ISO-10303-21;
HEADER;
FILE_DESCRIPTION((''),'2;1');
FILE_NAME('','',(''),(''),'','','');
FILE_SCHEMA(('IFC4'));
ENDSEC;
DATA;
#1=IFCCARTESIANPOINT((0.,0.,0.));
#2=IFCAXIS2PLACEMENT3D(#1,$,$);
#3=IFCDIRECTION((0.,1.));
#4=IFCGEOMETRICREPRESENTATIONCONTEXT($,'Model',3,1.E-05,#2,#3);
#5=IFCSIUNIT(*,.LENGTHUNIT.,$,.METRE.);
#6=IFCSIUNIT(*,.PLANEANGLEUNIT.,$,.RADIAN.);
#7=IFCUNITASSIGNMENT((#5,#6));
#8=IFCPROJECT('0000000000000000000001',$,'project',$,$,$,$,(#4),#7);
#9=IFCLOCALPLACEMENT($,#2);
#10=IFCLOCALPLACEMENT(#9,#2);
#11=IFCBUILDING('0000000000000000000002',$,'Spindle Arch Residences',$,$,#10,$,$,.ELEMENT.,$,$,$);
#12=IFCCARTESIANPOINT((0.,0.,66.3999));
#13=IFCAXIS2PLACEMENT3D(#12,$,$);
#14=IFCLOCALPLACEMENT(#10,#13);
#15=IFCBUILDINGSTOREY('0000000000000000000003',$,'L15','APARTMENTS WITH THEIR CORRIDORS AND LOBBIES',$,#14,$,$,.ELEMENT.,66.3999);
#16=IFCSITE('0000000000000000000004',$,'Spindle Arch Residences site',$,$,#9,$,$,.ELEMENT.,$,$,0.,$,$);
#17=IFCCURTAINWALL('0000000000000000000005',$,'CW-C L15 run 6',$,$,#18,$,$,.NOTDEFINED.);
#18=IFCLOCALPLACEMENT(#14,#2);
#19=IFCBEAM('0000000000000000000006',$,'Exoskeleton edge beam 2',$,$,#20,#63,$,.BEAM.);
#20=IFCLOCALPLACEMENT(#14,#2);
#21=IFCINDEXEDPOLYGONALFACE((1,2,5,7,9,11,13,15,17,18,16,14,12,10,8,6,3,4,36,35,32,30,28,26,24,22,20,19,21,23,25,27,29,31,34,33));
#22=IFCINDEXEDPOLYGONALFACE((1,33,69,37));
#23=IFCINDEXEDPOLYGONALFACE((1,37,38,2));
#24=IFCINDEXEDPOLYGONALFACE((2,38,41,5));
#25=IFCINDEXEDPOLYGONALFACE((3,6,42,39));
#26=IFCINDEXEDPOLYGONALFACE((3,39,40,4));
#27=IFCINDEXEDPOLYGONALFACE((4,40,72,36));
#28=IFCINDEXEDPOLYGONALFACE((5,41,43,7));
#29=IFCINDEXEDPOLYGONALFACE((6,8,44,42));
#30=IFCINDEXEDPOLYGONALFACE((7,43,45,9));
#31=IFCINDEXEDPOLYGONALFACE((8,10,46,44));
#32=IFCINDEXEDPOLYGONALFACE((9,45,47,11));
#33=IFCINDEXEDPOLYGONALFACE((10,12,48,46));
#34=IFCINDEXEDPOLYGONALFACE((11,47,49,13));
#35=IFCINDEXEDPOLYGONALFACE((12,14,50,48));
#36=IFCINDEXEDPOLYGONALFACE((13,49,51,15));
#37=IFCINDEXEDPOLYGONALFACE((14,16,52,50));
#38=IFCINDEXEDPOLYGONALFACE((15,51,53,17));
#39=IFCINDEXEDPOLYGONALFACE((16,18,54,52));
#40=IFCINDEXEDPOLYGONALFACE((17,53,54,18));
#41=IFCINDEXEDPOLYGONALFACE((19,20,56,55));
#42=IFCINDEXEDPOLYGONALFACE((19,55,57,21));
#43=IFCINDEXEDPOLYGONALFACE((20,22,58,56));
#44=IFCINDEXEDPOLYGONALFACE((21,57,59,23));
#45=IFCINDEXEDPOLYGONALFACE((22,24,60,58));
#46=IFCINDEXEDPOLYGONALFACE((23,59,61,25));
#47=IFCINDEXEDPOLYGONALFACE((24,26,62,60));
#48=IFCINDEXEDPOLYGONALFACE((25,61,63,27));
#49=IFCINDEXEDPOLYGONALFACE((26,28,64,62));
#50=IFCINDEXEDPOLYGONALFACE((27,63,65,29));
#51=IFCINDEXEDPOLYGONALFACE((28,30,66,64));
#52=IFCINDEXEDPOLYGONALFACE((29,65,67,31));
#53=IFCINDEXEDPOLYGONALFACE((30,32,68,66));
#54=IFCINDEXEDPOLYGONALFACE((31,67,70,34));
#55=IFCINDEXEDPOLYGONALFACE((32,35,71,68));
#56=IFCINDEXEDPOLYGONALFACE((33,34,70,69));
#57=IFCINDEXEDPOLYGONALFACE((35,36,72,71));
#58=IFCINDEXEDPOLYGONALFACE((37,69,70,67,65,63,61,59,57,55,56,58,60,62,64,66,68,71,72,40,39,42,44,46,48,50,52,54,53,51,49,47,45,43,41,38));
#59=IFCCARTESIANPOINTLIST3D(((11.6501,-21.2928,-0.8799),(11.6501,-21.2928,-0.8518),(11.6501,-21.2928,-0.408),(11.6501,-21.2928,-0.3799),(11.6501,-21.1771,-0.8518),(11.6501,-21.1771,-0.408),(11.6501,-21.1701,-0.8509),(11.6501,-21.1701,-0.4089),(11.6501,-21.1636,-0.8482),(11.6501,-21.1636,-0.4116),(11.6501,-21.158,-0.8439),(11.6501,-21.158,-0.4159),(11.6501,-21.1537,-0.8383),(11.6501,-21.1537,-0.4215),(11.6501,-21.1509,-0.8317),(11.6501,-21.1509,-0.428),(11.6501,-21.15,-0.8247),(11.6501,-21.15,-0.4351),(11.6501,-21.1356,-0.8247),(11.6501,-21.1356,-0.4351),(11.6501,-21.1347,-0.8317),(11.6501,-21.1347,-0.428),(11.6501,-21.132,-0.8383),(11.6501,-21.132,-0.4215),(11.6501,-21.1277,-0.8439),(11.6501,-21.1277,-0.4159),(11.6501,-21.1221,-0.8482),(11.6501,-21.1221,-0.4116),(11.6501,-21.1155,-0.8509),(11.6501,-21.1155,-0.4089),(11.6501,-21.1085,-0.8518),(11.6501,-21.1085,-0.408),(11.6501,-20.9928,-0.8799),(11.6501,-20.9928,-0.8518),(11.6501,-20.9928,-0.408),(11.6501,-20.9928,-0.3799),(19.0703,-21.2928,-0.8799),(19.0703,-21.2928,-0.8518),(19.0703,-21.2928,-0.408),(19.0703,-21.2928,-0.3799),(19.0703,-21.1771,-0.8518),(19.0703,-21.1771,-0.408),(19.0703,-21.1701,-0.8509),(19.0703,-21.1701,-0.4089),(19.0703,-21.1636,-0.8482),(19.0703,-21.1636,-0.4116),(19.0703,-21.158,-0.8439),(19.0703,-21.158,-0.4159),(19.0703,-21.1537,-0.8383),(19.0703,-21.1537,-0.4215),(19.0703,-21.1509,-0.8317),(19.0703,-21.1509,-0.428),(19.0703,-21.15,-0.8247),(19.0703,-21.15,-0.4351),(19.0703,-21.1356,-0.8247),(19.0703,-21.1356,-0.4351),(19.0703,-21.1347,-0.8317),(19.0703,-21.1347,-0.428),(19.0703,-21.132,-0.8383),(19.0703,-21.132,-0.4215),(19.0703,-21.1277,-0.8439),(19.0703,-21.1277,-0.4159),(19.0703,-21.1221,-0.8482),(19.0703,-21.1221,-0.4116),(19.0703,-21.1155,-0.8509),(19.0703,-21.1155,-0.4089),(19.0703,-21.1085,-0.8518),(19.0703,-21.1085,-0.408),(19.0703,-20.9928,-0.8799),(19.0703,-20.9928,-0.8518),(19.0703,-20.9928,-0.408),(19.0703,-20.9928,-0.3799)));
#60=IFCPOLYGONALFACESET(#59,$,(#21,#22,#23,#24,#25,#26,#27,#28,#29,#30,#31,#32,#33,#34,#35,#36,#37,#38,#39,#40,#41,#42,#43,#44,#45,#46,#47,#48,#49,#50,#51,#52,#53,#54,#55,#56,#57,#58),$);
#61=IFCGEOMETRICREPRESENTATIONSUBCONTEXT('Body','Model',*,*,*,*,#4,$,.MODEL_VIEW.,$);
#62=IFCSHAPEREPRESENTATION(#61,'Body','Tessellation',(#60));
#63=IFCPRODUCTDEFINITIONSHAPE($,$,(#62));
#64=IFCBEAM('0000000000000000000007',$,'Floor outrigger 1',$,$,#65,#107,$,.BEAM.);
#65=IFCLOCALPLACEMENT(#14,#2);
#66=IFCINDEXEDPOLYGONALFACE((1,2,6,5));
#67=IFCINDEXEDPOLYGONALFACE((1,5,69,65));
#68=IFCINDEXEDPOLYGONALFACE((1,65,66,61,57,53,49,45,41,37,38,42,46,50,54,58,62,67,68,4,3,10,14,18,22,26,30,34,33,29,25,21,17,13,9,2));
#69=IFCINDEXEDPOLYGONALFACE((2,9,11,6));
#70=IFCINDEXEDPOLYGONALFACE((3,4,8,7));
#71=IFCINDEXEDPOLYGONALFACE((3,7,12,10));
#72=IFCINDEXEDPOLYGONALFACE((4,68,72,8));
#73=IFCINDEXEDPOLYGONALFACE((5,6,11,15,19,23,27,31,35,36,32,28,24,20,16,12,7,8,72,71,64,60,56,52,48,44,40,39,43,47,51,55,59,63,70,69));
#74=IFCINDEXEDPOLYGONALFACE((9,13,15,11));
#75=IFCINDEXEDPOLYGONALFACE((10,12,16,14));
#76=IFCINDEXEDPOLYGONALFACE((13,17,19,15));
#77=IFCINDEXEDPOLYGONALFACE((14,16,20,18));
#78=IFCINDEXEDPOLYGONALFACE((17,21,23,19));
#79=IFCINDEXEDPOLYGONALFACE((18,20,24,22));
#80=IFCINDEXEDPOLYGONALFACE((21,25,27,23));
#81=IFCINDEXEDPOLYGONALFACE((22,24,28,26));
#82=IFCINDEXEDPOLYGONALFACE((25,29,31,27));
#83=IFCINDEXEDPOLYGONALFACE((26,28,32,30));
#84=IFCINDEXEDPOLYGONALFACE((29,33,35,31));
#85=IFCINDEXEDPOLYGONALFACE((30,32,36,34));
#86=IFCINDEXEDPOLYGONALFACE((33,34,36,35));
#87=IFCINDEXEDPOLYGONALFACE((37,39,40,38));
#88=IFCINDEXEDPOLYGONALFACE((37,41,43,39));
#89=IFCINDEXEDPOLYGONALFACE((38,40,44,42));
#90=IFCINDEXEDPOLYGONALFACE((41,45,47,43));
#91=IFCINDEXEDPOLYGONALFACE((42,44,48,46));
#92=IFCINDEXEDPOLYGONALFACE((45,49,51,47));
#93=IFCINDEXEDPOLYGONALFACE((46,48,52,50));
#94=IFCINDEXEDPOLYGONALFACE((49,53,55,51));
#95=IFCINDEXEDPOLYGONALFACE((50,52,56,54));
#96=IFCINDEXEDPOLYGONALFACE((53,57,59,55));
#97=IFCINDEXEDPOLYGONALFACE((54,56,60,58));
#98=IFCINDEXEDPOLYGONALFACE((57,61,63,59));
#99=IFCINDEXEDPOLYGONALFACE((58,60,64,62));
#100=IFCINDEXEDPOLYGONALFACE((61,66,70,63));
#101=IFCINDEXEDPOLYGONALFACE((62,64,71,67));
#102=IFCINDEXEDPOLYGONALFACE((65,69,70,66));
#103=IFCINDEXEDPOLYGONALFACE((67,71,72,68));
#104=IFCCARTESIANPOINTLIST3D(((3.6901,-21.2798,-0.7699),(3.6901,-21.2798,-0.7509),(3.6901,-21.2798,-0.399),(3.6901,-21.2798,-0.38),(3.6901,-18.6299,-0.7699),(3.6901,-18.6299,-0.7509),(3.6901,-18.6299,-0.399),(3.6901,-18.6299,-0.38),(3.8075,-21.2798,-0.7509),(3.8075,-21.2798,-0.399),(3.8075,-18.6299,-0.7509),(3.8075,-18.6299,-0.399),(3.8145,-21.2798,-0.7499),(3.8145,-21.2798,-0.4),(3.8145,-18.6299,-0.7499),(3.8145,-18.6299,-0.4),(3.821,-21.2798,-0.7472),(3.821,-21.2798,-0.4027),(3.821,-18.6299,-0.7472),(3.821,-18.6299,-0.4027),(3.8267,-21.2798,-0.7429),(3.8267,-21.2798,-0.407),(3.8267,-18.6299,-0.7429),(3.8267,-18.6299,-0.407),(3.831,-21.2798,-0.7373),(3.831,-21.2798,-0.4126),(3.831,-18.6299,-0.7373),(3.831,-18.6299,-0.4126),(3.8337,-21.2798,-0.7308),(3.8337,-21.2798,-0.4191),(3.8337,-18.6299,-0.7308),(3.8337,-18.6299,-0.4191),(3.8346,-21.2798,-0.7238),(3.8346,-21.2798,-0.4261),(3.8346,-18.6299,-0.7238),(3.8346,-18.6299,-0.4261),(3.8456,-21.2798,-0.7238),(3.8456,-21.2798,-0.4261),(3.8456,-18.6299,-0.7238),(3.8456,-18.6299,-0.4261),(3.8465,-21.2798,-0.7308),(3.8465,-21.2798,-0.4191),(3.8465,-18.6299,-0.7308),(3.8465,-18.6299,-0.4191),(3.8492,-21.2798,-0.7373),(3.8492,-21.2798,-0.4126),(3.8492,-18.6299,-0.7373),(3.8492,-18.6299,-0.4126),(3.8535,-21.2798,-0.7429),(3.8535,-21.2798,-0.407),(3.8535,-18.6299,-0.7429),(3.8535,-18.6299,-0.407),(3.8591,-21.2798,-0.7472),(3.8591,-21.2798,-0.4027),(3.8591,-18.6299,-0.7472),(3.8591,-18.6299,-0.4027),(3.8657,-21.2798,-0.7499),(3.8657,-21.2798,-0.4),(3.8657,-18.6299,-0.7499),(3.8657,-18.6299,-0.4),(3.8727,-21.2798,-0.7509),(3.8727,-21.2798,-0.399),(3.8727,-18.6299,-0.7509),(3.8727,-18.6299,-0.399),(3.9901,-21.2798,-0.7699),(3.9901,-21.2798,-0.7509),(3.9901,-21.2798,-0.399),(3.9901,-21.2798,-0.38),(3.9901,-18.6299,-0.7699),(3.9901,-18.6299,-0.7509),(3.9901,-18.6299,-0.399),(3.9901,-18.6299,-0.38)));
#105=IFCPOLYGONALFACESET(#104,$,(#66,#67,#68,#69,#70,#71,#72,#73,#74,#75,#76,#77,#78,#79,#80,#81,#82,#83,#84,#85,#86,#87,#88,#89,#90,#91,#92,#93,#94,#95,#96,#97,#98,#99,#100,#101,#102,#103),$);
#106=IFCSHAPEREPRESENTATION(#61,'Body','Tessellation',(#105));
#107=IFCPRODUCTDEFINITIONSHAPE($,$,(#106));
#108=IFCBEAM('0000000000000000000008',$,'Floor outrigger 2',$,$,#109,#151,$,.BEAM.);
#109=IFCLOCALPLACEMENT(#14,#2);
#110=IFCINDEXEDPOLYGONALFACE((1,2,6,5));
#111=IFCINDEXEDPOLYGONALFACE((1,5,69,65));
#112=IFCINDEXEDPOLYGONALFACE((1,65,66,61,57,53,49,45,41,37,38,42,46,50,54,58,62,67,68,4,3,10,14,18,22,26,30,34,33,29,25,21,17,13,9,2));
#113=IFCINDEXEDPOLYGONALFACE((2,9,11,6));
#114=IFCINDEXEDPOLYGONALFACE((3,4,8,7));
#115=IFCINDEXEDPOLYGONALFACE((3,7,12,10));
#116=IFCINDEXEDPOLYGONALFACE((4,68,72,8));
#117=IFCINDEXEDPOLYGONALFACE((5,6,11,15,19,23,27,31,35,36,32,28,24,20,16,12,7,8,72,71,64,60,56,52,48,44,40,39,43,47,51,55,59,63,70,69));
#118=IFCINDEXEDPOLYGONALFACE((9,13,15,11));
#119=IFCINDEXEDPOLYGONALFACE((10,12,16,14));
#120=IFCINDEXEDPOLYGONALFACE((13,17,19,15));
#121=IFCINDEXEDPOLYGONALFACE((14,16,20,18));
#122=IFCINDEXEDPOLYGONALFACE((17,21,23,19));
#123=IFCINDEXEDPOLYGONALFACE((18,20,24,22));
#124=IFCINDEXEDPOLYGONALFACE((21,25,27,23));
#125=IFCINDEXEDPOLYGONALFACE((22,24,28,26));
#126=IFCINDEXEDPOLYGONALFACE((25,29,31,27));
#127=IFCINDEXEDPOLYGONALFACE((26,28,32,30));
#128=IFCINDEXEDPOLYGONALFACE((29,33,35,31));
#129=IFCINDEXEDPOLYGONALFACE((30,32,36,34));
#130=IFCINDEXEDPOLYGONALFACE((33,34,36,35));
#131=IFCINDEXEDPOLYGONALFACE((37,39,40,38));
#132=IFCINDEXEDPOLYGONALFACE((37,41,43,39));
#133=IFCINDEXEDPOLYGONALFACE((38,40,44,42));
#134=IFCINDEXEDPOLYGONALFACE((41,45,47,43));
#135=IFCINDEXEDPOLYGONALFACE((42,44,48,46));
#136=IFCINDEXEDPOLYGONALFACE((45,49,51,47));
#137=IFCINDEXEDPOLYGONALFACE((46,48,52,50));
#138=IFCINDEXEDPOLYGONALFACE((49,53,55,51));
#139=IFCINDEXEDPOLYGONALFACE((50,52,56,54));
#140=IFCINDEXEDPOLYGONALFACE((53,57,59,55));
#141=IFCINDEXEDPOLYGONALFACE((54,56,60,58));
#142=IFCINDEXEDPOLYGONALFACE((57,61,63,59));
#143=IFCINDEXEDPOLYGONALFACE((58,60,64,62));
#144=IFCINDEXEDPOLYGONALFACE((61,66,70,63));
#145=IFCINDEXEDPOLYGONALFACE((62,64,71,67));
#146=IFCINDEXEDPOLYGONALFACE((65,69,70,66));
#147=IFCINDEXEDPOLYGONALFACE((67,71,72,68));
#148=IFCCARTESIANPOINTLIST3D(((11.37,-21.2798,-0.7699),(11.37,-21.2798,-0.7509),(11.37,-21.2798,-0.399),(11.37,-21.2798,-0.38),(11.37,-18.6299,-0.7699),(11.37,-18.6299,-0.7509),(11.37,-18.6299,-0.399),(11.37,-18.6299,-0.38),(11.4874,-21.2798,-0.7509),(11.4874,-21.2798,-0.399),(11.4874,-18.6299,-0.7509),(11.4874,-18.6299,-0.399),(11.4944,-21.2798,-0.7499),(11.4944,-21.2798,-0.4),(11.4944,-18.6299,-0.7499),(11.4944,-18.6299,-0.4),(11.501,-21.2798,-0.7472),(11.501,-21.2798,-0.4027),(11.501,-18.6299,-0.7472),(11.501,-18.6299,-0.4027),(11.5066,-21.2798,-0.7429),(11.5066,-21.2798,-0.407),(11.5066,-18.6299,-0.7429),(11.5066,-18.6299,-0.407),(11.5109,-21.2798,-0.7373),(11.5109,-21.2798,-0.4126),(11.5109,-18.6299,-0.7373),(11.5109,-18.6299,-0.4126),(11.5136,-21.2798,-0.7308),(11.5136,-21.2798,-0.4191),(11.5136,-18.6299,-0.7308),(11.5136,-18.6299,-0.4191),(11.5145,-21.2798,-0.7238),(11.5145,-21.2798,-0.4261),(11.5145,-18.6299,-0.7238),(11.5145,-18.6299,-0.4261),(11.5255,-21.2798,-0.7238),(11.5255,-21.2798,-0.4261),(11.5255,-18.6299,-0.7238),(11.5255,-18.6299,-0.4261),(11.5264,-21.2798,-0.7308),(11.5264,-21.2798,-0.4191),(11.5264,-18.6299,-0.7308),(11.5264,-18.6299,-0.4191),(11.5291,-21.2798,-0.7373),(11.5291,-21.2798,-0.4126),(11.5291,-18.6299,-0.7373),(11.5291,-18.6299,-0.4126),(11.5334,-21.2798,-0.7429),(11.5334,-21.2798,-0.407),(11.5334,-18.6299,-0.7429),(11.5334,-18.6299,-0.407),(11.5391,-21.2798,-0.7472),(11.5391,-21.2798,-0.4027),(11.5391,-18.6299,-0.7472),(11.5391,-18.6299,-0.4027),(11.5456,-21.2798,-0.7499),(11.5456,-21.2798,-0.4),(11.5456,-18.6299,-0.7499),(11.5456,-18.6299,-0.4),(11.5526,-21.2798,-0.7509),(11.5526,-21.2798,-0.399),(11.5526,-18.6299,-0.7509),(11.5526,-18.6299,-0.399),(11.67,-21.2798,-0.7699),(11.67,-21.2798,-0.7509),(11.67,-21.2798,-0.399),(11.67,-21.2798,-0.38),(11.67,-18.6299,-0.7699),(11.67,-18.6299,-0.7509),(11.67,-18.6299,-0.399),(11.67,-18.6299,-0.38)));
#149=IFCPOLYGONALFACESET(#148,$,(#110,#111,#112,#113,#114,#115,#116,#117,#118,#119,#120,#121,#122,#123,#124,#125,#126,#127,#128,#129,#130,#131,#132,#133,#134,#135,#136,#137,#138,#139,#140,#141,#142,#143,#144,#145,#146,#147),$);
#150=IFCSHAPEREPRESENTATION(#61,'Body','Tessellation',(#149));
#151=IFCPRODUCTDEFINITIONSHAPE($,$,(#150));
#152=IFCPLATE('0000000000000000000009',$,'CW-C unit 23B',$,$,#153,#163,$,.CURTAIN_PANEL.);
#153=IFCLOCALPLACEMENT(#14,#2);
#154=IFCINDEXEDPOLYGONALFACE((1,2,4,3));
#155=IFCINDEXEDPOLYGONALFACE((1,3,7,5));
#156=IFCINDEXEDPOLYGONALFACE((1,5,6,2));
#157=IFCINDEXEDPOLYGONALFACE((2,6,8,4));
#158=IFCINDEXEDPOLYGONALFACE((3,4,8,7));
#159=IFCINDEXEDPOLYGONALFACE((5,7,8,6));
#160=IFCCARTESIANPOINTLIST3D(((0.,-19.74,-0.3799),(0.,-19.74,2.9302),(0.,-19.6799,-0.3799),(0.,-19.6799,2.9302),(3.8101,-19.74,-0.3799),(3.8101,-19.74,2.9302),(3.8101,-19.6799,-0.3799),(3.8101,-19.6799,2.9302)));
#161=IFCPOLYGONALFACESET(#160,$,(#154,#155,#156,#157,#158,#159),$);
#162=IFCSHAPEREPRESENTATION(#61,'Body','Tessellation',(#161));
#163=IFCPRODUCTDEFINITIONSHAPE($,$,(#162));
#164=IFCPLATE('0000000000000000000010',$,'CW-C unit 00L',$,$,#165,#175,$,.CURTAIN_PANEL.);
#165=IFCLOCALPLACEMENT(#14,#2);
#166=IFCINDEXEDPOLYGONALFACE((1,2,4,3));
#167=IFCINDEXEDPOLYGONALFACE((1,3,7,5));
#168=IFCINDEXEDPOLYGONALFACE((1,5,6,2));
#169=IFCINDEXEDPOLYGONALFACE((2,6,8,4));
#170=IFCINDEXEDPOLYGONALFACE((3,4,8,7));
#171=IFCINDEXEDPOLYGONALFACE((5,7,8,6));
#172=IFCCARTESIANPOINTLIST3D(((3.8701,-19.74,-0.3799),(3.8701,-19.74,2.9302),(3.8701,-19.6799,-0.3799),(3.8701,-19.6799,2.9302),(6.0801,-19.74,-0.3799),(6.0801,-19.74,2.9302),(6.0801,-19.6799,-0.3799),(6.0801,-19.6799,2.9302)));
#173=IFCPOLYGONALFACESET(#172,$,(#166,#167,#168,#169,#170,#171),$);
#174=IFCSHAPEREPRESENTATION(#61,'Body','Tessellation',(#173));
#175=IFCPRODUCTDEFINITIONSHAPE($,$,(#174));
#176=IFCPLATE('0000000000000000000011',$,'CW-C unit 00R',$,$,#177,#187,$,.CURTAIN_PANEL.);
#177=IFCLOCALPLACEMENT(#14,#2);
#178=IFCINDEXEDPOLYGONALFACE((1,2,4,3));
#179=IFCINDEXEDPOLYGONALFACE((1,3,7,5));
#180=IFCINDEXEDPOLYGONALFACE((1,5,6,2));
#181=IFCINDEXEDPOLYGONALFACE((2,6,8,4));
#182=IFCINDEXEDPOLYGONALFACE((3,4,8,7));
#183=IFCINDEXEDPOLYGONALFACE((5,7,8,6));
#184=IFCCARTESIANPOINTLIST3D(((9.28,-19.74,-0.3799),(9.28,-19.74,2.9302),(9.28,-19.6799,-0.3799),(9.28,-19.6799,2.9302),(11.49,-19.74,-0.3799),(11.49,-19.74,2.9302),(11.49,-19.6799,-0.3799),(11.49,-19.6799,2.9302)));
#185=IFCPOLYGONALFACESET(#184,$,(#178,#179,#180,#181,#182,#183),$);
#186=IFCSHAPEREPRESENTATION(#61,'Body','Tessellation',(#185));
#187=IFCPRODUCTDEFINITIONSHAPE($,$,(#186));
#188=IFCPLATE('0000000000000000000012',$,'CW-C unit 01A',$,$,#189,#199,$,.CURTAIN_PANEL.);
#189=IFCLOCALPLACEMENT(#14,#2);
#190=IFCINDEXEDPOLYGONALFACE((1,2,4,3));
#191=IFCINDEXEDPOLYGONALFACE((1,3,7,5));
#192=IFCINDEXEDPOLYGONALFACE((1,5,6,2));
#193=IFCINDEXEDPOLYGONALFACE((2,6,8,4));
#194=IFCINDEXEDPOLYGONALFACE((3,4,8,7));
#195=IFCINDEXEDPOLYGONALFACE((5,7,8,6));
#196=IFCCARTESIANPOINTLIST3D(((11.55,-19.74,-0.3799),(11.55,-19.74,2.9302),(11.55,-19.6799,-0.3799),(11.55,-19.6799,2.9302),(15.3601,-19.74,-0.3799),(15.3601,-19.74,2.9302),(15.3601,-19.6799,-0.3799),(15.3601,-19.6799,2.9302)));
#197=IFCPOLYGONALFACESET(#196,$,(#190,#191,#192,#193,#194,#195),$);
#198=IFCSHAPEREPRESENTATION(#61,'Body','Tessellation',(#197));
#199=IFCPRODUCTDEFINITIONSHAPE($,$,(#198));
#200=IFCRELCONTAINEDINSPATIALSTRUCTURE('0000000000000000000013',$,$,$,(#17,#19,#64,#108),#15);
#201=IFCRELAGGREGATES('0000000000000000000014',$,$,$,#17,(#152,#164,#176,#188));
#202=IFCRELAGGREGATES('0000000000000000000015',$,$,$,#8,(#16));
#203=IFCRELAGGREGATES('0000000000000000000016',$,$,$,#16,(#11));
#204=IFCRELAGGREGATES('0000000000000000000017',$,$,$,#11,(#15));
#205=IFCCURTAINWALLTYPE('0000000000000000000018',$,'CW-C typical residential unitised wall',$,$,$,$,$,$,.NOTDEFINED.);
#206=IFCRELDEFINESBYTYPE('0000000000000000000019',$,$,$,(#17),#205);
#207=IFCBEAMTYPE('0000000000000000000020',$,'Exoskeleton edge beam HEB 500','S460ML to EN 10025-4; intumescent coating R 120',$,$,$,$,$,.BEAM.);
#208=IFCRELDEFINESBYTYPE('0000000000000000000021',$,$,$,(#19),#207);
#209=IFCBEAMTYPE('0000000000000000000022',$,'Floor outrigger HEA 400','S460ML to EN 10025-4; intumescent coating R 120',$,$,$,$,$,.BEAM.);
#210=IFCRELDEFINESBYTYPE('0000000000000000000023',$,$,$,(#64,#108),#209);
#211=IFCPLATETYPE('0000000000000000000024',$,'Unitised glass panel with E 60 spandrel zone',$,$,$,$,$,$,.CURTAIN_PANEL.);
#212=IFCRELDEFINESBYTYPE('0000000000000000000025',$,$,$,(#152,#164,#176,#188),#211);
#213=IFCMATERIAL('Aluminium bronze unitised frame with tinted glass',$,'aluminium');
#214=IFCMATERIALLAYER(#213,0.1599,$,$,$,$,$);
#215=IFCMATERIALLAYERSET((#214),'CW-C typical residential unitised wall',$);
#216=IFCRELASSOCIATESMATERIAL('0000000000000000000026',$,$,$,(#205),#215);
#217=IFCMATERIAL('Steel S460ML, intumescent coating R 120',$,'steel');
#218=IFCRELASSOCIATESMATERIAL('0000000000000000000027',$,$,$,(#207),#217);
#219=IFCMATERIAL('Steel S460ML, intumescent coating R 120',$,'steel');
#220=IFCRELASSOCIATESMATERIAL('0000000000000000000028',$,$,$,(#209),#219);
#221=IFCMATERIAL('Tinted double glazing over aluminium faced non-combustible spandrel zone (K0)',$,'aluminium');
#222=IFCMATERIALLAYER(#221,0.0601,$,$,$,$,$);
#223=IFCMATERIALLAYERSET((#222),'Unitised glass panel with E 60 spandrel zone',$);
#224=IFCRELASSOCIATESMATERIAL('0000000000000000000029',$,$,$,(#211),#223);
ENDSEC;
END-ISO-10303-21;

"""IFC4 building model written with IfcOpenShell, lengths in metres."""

from ifc_helpers import new_model, si_unit, direction, frame, origin, origin_2d, place, context, subcontext, project, spatial, rectangle, i_section, extrude, material, layer, layer_set, material_profile, profile_set, type_object, element, aggregate, save


model = new_model("IFC4")

# Units and contexts
model_context = context("Model", 3, precision=1e-05, world=origin(), true_north=direction((0.0, 1.0)))
body_context = subcontext(model_context, "Body", "Model", "MODEL_VIEW")
ifc_project = project(units=[si_unit("LENGTHUNIT", "METRE"), si_unit("PLANEANGLEUNIT", "RADIAN")], contexts=[model_context])

# Site, building, storey
site_placement = place(None, origin())
site = spatial("IfcSite", under=ifc_project, at=site_placement, Name="Spindle Arch Residences site", CompositionType="ELEMENT", RefElevation=0.0)
building_placement = place(site_placement, origin())
building = spatial("IfcBuilding", under=site, at=building_placement, Name="Spindle Arch Residences", CompositionType="ELEMENT")
storey_placement = place(building_placement, frame((0.0, 0.0, 66.3999)))
storey = spatial("IfcBuildingStorey", under=building, at=storey_placement, Name="L15", Description="APARTMENTS WITH THEIR CORRIDORS AND LOBBIES", CompositionType="ELEMENT", Elevation=66.3999)

# Curtain wall
ifc_material_1 = material(Name="Aluminium bronze unitised frame with tinted glass", Category="aluminium")
ifc_layer_1 = layer(ifc_material_1, 0.1599)
ifc_layer_set_1 = layer_set([ifc_layer_1], Name="CW-C typical residential unitised wall")
curtain_wall_type = type_object("IfcCurtainWallType", Name="CW-C typical residential unitised wall", PredefinedType="NOTDEFINED", material=ifc_layer_set_1)
curtain_wall_placement = place(storey_placement, origin())
curtain_wall = element("IfcCurtainWall", 1, at=curtain_wall_placement, inside=storey, type_object=curtain_wall_type, Name="CW-C L15 run 6", PredefinedType="NOTDEFINED")

# Beams
ifc_material_2 = material(Name="Steel S460ML, intumescent coating R 120", Category="steel")
ifc_material_profile_1 = material_profile(ifc_material_2, i_section(OverallWidth=0.3, OverallDepth=0.5, WebThickness=0.0144, FlangeThickness=0.0281, FilletRadius=0.0271, at=origin_2d()), Name="HEB 500")
ifc_profile_set_1 = profile_set([ifc_material_profile_1], Name="Steel S460ML, intumescent coating R 120")
beam_type_1 = type_object("IfcBeamType", Name="Exoskeleton edge beam HEB 500", Description="S460ML to EN 10025-4; intumescent coating R 120", PredefinedType="BEAM", material=ifc_profile_set_1)
for number, where, z_axis, x_axis, name in (
    (2, (11.6501, -21.1428, -0.6299), (1.0, 0.0, 0.0), (0.0, 1.0, 0.0), "Exoskeleton edge beam 2"),
):
    element("IfcBeam", number, at=place(storey_placement, frame(where, z_axis=z_axis, x_axis=x_axis)), inside=storey, type_object=beam_type_1, Name=name, PredefinedType="BEAM", context=body_context, shape_type="SweptSolid", body=[
        extrude(i_section(OverallWidth=0.3, OverallDepth=0.5, WebThickness=0.0144, FlangeThickness=0.0281, FilletRadius=0.0271, at=origin_2d()), origin(), (0.0, 0.0, 1.0), 7.4202),
    ])
ifc_material_3 = material(Name="Steel S460ML, intumescent coating R 120", Category="steel")
ifc_material_profile_2 = material_profile(ifc_material_3, i_section(OverallWidth=0.3, OverallDepth=0.3899, WebThickness=0.011, FlangeThickness=0.019, FilletRadius=0.0271, at=origin_2d()), Name="HEA 400")
ifc_profile_set_2 = profile_set([ifc_material_profile_2], Name="Steel S460ML, intumescent coating R 120")
beam_type_2 = type_object("IfcBeamType", Name="Floor outrigger HEA 400", Description="S460ML to EN 10025-4; intumescent coating R 120", PredefinedType="BEAM", material=ifc_profile_set_2)
for number, where, z_axis, x_axis, name in (
    (3, (3.8401, -21.2798, -0.575), (0.0, 1.0, 0.0), (-1.0, 0.0, 0.0), "Floor outrigger 1"),
    (4, (11.52, -21.2798, -0.575), (0.0, 1.0, 0.0), (-1.0, 0.0, 0.0), "Floor outrigger 2"),
):
    element("IfcBeam", number, at=place(storey_placement, frame(where, z_axis=z_axis, x_axis=x_axis)), inside=storey, type_object=beam_type_2, Name=name, PredefinedType="BEAM", context=body_context, shape_type="SweptSolid", body=[
        extrude(i_section(OverallWidth=0.3, OverallDepth=0.3899, WebThickness=0.011, FlangeThickness=0.019, FilletRadius=0.0271, at=origin_2d()), origin(), (0.0, 0.0, 1.0), 2.6499),
    ])

# Plates
ifc_material_4 = material(Name="Tinted double glazing over aluminium faced non-combustible spandrel zone (K0)", Category="aluminium")
ifc_layer_2 = layer(ifc_material_4, 0.0601)
ifc_layer_set_2 = layer_set([ifc_layer_2], Name="Unitised glass panel with E 60 spandrel zone")
plate_type = type_object("IfcPlateType", Name="Unitised glass panel with E 60 spandrel zone", PredefinedType="CURTAIN_PANEL", material=ifc_layer_set_2)
plate_1_placement = place(storey_placement, frame((1.905, -19.71, -0.3799), z_axis=(0.0, 0.0, 1.0), x_axis=(1.0, 0.0, 0.0)))
plate_1 = element("IfcPlate", 5, at=plate_1_placement, type_object=plate_type, Name="CW-C unit 23B", PredefinedType="CURTAIN_PANEL", context=body_context, shape_type="SweptSolid", body=[
    extrude(rectangle(XDim=3.8101, YDim=0.0601, at=origin_2d()), origin(), (0.0, 0.0, 1.0), 3.3101),
])
plate_2_placement = place(storey_placement, frame((4.9751, -19.71, -0.3799), z_axis=(0.0, 0.0, 1.0), x_axis=(1.0, 0.0, 0.0)))
plate_2 = element("IfcPlate", 6, at=plate_2_placement, type_object=plate_type, Name="CW-C unit 00L", PredefinedType="CURTAIN_PANEL", context=body_context, shape_type="SweptSolid", body=[
    extrude(rectangle(XDim=2.21, YDim=0.0601, at=origin_2d()), origin(), (0.0, 0.0, 1.0), 3.3101),
])
plate_3_placement = place(storey_placement, frame((10.385, -19.71, -0.3799), z_axis=(0.0, 0.0, 1.0), x_axis=(1.0, 0.0, 0.0)))
plate_3 = element("IfcPlate", 7, at=plate_3_placement, type_object=plate_type, Name="CW-C unit 00R", PredefinedType="CURTAIN_PANEL", context=body_context, shape_type="SweptSolid", body=[
    extrude(rectangle(XDim=2.21, YDim=0.0601, at=origin_2d()), origin(), (0.0, 0.0, 1.0), 3.3101),
])
plate_4_placement = place(storey_placement, frame((13.4551, -19.71, -0.3799), z_axis=(0.0, 0.0, 1.0), x_axis=(1.0, 0.0, 0.0)))
plate_4 = element("IfcPlate", 8, at=plate_4_placement, type_object=plate_type, Name="CW-C unit 01A", PredefinedType="CURTAIN_PANEL", context=body_context, shape_type="SweptSolid", body=[
    extrude(rectangle(XDim=3.8101, YDim=0.0601, at=origin_2d()), origin(), (0.0, 0.0, 1.0), 3.3101),
])
aggregate(curtain_wall, [plate_1, plate_2, plate_3, plate_4])

save(model, "model.ifc")
